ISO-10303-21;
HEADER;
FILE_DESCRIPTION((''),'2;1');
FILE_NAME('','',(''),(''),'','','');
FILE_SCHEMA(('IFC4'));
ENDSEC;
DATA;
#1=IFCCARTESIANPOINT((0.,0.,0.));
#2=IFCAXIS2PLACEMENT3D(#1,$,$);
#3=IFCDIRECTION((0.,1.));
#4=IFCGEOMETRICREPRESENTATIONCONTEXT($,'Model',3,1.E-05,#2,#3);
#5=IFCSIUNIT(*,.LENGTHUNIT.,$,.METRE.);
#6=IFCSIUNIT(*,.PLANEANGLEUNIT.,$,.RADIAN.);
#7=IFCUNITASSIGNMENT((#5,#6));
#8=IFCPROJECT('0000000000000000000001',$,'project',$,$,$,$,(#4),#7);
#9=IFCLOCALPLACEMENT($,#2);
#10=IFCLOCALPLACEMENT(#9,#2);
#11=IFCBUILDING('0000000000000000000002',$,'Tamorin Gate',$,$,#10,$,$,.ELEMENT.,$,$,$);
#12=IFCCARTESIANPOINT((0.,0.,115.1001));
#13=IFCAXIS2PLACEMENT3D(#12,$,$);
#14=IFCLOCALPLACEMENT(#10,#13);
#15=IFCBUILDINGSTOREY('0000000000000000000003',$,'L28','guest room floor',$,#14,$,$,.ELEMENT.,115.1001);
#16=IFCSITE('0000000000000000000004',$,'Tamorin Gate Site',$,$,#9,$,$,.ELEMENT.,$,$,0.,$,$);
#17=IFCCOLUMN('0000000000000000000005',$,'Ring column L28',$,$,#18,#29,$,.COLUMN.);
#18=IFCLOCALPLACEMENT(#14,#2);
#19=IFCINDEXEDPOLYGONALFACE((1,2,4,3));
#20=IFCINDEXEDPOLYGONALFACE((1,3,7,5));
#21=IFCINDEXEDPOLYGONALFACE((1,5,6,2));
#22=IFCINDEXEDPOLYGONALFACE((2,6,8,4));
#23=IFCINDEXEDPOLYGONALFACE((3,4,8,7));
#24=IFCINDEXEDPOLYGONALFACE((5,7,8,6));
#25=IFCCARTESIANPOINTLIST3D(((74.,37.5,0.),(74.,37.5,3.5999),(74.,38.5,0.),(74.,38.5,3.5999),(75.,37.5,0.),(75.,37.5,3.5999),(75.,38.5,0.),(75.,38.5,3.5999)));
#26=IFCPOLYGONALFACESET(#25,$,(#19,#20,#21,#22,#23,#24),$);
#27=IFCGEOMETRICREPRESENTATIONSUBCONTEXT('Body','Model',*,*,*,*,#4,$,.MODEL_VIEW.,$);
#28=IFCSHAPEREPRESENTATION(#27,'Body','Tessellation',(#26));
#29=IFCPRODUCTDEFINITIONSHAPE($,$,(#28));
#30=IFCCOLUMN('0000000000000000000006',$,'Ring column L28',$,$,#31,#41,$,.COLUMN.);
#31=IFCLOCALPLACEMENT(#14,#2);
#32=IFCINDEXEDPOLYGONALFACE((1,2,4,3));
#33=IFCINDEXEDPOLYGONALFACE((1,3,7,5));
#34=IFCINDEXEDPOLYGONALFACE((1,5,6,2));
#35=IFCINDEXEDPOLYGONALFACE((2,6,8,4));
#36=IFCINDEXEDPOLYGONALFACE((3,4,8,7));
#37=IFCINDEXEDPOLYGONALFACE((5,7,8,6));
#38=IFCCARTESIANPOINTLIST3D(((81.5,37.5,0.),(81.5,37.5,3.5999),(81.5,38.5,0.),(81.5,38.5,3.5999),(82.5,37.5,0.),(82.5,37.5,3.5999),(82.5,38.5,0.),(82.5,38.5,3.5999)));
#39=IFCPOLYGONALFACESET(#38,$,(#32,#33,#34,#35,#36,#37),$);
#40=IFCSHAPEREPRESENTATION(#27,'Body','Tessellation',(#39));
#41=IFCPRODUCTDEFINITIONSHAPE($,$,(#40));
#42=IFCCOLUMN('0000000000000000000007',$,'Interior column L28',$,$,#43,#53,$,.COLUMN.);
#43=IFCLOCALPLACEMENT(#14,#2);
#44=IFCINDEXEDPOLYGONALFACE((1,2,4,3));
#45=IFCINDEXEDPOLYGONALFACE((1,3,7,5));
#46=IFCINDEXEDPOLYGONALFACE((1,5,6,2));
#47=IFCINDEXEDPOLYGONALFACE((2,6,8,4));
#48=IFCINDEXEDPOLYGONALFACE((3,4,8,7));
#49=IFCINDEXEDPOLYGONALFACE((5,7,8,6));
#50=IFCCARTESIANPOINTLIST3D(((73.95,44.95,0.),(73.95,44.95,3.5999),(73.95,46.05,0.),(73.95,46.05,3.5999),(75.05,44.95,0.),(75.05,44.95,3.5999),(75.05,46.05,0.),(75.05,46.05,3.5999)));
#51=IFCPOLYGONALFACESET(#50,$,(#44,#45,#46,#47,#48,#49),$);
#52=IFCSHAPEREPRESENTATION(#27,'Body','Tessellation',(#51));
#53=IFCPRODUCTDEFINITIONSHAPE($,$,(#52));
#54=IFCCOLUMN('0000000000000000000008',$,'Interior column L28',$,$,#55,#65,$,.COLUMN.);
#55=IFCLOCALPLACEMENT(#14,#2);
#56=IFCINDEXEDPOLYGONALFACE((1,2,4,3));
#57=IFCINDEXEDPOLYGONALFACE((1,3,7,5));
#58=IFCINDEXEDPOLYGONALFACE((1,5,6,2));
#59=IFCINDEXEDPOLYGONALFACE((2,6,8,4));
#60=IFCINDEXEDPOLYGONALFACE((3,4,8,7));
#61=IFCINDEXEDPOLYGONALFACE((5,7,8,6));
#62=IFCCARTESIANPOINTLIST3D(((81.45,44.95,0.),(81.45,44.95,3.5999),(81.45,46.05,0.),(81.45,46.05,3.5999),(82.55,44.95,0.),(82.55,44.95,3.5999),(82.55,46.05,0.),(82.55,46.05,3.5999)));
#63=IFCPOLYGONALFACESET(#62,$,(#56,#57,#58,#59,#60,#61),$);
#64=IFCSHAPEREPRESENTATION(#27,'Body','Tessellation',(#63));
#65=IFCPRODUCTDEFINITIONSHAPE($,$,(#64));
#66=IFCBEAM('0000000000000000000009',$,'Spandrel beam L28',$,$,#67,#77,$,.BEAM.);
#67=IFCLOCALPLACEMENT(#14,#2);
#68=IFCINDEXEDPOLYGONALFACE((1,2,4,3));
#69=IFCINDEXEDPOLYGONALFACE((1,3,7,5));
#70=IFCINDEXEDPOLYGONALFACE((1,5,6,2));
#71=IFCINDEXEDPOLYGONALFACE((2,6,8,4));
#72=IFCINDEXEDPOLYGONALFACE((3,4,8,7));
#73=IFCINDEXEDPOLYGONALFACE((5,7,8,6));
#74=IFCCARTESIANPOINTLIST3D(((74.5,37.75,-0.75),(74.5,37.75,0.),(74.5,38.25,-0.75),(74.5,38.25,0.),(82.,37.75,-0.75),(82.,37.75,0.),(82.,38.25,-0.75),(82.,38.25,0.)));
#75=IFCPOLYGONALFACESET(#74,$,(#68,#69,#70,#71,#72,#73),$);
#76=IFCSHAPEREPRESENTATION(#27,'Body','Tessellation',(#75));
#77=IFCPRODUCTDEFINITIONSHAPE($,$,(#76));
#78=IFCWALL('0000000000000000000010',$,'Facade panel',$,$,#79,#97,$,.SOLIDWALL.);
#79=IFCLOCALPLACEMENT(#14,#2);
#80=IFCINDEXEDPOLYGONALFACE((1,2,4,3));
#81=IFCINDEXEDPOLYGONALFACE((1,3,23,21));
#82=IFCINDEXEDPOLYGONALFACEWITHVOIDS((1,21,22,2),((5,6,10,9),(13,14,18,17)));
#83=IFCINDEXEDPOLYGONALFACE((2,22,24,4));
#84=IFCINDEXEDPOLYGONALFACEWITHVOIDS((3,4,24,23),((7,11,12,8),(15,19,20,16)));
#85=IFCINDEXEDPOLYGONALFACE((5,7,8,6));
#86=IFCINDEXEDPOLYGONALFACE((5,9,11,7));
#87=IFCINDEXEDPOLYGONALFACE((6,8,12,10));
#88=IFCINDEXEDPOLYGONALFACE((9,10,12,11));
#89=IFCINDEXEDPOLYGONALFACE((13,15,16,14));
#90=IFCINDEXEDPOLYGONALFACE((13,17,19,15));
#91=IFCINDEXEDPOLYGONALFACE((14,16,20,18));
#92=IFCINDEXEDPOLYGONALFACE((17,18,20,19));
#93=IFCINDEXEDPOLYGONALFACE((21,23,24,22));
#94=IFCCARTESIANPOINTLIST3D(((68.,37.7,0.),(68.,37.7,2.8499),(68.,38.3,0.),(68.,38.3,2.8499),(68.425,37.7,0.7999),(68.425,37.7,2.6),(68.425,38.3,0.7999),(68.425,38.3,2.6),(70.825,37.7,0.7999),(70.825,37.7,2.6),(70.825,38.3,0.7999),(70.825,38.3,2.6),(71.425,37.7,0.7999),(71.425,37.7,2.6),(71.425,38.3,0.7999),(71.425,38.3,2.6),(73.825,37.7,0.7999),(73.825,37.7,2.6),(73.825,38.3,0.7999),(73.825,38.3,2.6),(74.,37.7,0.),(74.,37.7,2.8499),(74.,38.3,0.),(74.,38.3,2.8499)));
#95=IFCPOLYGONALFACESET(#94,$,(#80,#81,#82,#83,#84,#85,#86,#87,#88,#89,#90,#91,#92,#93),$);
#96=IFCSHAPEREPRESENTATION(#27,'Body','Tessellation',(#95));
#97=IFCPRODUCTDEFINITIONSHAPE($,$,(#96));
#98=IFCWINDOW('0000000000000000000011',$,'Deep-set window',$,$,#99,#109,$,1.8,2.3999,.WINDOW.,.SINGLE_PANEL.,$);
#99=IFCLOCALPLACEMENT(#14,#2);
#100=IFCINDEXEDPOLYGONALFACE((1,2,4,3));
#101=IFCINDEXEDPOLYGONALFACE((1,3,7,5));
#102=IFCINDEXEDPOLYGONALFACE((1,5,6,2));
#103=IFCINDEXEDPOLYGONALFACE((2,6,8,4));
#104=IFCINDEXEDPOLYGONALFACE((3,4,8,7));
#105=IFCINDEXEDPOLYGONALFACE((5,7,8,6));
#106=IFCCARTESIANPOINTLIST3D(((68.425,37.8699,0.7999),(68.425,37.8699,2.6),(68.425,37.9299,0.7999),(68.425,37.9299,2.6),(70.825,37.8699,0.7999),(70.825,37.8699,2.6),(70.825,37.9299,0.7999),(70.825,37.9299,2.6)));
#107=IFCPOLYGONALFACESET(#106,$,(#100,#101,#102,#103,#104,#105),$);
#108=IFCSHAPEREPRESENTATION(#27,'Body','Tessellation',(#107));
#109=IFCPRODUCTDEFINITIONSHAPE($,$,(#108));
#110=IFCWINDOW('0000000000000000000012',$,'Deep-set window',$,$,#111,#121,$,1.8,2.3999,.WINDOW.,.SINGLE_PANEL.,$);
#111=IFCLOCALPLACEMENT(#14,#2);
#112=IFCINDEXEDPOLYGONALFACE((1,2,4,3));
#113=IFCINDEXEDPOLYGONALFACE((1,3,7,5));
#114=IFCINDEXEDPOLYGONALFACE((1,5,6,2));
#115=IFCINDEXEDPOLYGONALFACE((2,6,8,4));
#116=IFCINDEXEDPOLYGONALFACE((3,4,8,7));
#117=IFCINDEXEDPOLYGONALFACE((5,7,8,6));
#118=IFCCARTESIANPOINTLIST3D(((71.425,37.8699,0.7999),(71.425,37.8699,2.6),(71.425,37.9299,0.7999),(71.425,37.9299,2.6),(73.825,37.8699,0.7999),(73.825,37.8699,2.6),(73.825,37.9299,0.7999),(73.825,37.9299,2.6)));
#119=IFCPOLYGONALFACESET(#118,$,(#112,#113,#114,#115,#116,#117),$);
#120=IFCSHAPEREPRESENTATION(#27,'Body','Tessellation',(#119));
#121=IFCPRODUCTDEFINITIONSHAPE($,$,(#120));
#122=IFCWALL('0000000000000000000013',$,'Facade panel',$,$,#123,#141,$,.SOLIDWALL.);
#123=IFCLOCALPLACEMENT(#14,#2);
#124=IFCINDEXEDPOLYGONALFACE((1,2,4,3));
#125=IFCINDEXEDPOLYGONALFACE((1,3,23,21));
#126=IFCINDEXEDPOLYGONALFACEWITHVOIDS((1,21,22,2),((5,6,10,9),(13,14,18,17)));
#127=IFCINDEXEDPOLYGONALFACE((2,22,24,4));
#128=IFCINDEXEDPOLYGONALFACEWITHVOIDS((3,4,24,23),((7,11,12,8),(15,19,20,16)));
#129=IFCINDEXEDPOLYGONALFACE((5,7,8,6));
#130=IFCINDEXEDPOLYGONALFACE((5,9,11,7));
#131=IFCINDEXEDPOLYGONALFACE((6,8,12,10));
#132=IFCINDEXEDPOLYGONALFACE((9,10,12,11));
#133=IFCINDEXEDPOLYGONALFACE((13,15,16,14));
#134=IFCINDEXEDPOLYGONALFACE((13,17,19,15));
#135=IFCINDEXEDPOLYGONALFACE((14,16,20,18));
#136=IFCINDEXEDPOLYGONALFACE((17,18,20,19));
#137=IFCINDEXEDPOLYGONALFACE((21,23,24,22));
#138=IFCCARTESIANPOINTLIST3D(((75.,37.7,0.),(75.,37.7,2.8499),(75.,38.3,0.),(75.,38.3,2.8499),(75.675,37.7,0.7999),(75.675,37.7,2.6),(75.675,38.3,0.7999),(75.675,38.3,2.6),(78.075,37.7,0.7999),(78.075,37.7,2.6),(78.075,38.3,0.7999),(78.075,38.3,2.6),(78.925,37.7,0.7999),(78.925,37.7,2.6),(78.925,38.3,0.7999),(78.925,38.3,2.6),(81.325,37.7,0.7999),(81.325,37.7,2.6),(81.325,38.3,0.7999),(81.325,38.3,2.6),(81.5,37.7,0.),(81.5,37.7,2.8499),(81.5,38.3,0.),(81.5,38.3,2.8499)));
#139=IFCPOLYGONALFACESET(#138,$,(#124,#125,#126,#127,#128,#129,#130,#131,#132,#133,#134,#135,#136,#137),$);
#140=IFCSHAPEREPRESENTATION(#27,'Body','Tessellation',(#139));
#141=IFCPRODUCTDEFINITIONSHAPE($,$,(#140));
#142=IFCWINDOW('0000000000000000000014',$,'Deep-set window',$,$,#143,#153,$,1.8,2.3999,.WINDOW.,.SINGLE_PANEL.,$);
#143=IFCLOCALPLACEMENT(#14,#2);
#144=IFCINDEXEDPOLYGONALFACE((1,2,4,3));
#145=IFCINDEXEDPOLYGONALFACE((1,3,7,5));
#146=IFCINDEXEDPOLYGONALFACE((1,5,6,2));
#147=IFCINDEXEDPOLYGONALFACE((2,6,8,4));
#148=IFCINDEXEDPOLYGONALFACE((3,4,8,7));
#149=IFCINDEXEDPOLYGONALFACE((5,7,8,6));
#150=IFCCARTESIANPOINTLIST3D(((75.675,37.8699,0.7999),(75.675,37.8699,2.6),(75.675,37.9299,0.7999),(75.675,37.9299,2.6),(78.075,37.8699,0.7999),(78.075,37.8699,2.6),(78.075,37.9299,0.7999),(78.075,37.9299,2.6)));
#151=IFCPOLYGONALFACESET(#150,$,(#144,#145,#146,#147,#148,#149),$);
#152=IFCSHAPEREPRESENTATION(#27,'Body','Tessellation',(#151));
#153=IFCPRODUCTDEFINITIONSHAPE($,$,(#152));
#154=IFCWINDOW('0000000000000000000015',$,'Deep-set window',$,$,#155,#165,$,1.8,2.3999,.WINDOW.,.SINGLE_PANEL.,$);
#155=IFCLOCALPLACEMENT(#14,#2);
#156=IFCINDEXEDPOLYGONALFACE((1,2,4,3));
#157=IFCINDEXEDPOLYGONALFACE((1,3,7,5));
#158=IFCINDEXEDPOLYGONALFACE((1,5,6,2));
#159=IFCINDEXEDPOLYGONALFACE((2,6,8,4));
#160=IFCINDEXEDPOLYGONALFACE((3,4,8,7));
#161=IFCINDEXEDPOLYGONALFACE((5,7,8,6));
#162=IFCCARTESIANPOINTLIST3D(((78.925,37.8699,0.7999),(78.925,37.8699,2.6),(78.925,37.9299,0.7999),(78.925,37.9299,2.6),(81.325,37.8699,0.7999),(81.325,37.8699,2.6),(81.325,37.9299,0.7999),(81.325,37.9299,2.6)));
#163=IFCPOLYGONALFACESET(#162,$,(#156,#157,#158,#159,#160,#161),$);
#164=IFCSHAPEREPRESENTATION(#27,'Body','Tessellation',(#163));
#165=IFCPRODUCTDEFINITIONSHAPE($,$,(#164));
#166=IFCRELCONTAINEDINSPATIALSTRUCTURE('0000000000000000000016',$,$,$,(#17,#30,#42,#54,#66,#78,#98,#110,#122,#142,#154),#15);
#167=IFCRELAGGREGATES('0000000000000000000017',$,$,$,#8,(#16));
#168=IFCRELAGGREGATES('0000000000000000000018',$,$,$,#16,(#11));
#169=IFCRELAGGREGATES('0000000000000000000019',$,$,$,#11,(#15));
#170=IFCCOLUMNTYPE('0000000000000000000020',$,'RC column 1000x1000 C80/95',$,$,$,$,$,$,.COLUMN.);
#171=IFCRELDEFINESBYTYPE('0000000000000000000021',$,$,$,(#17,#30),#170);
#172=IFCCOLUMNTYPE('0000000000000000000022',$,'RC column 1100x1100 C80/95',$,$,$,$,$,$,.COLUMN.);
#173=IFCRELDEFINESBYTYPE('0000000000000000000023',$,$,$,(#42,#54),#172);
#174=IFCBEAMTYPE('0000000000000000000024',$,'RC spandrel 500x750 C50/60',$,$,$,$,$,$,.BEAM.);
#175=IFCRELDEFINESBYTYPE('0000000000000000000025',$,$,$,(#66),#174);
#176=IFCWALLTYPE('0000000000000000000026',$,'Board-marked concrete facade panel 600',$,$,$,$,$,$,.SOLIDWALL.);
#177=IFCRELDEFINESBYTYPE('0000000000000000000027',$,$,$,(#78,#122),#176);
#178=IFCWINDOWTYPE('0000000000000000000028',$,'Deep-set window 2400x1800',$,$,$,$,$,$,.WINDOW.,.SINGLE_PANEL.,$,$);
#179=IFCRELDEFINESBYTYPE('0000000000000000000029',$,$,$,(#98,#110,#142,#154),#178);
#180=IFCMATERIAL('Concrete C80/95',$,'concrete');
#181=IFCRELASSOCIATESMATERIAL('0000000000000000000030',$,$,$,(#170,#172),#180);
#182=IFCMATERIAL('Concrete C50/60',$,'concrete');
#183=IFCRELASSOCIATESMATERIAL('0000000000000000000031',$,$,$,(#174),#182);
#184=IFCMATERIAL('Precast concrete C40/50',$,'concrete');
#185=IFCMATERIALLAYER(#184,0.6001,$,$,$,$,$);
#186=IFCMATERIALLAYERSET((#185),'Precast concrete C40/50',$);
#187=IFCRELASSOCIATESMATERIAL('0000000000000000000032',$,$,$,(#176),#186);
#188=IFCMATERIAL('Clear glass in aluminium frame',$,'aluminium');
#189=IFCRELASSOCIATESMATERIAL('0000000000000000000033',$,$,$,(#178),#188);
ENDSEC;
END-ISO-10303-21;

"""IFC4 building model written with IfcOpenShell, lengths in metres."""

from ifc_helpers import new_model, si_unit, direction, frame, frame_2d, origin, origin_2d, place, context, subcontext, project, spatial, rectangle, extrude, material, layer, layer_set, material_profile, profile_set, type_object, element, fill, save


model = new_model("IFC4")

# Units and contexts
model_context = context("Model", 3, precision=1e-05, world=origin(), true_north=direction((0.0, 1.0)))
body_context = subcontext(model_context, "Body", "Model", "MODEL_VIEW")
ifc_project = project(units=[si_unit("LENGTHUNIT", "METRE"), si_unit("PLANEANGLEUNIT", "RADIAN")], contexts=[model_context])

# Site, building, storey
site_placement = place(None, origin())
site = spatial("IfcSite", under=ifc_project, at=site_placement, Name="Tamorin Gate Site", CompositionType="ELEMENT", RefElevation=0.0)
building_placement = place(site_placement, origin())
building = spatial("IfcBuilding", under=site, at=building_placement, Name="Tamorin Gate", CompositionType="ELEMENT")
storey_placement = place(building_placement, frame((0.0, 0.0, 115.1001)))
storey = spatial("IfcBuildingStorey", under=building, at=storey_placement, Name="L28", Description="guest room floor", CompositionType="ELEMENT", Elevation=115.1001)

# Columns
ifc_material_1 = material(Name="Concrete C80/95", Category="concrete")
ifc_material_profile_1 = material_profile(ifc_material_1, rectangle(XDim=1.0, YDim=1.0, at=origin_2d()), Name="RC 1000x1000")
ifc_profile_set_1 = profile_set([ifc_material_profile_1], Name="Concrete C80/95")
column_type_1 = type_object("IfcColumnType", Name="RC column 1000x1000 C80/95", PredefinedType="COLUMN", material=ifc_profile_set_1)
for number, where, z_axis, x_axis, name in (
    (1, (74.5, 38.0, 0.0), (0.0, 0.0, 1.0), (1.0, 0.0, 0.0), "Ring column L28"),
    (2, (82.0, 38.0, 0.0), (0.0, 0.0, 1.0), (1.0, 0.0, 0.0), "Ring column L28"),
):
    element("IfcColumn", number, at=place(storey_placement, frame(where, z_axis=z_axis, x_axis=x_axis)), inside=storey, type_object=column_type_1, Name=name, PredefinedType="COLUMN", context=body_context, shape_type="SweptSolid", body=[
        extrude(rectangle(XDim=1.0, YDim=1.0, at=origin_2d()), origin(), (0.0, 0.0, 1.0), 3.5999),
    ])
ifc_material_profile_2 = material_profile(ifc_material_1, rectangle(XDim=1.1001, YDim=1.1001, at=origin_2d()), Name="RC 1100x1100")
ifc_profile_set_2 = profile_set([ifc_material_profile_2], Name="Concrete C80/95")
column_type_2 = type_object("IfcColumnType", Name="RC column 1100x1100 C80/95", PredefinedType="COLUMN", material=ifc_profile_set_2)
for number, where, z_axis, x_axis, name in (
    (3, (74.5, 45.5, 0.0), (0.0, 0.0, 1.0), (1.0, 0.0, 0.0), "Interior column L28"),
    (4, (82.0, 45.5, 0.0), (0.0, 0.0, 1.0), (1.0, 0.0, 0.0), "Interior column L28"),
):
    element("IfcColumn", number, at=place(storey_placement, frame(where, z_axis=z_axis, x_axis=x_axis)), inside=storey, type_object=column_type_2, Name=name, PredefinedType="COLUMN", context=body_context, shape_type="SweptSolid", body=[
        extrude(rectangle(XDim=1.1001, YDim=1.1001, at=origin_2d()), origin(), (0.0, 0.0, 1.0), 3.5999),
    ])

# Beam
ifc_material_2 = material(Name="Concrete C50/60", Category="concrete")
ifc_material_profile_3 = material_profile(ifc_material_2, rectangle(XDim=0.5, YDim=0.75, at=origin_2d()), Name="RC 500x750")
ifc_profile_set_3 = profile_set([ifc_material_profile_3], Name="Concrete C50/60")
beam_type = type_object("IfcBeamType", Name="RC spandrel 500x750 C50/60", PredefinedType="BEAM", material=ifc_profile_set_3)
beam_placement = place(storey_placement, frame((74.5, 38.0, -0.375), z_axis=(1.0, 0.0, 0.0), x_axis=(0.0, 1.0, 0.0)))
element("IfcBeam", 5, at=beam_placement, inside=storey, type_object=beam_type, Name="Spandrel beam L28", PredefinedType="BEAM", context=body_context, shape_type="SweptSolid", body=[
    extrude(rectangle(XDim=0.5, YDim=0.75, at=origin_2d()), origin(), (0.0, 0.0, 1.0), 7.5),
])

# Walls, openings, windows
ifc_material_3 = material(Name="Precast concrete C40/50", Category="concrete")
ifc_layer_1 = layer(ifc_material_3, 0.6001)
ifc_layer_set_1 = layer_set([ifc_layer_1], Name="Precast concrete C40/50")
wall_type_1 = type_object("IfcWallType", Name="Board-marked concrete facade panel 600", PredefinedType="SOLIDWALL", material=ifc_layer_set_1)
wall_1_placement = place(storey_placement, frame((68.0, 38.0, 0.0), z_axis=(0.0, 0.0, 1.0), x_axis=(1.0, 0.0, 0.0)))
wall_1 = element("IfcWall", 6, at=wall_1_placement, inside=storey, type_object=wall_type_1, Name="Facade panel", PredefinedType="SOLIDWALL", context=body_context, shape_type="SweptSolid", body=[
    extrude(rectangle(XDim=6.0, YDim=0.6001, at=frame_2d((3.0, 0.0))), origin(), (0.0, 0.0, 1.0), 2.8499),
])
opening_1_placement = place(wall_1_placement, frame((0.425, 0.0, 0.8)))
opening_1 = element("IfcOpeningElement", 7, at=opening_1_placement, cuts=wall_1, PredefinedType="OPENING", context=body_context, shape_type="SweptSolid", body=[
    extrude(rectangle(XDim=2.3999, YDim=1.8, at=frame_2d((1.2, 0.8999))), frame((0.0, 0.3101, 0.0), z_axis=(0.0, -1.0, 0.0), x_axis=(1.0, 0.0, 0.0)), (0.0, 0.0, 1.0), 0.6201),
])
opening_2_placement = place(wall_1_placement, frame((3.425, 0.0, 0.8)))
opening_2 = element("IfcOpeningElement", 8, at=opening_2_placement, cuts=wall_1, PredefinedType="OPENING", context=body_context, shape_type="SweptSolid", body=[
    extrude(rectangle(XDim=2.3999, YDim=1.8, at=frame_2d((1.2, 0.8999))), frame((0.0, 0.3101, 0.0), z_axis=(0.0, -1.0, 0.0), x_axis=(1.0, 0.0, 0.0)), (0.0, 0.0, 1.0), 0.6201),
])
ifc_material_4 = material(Name="Clear glass in aluminium frame", Category="aluminium")
window_type = type_object("IfcWindowType", Name="Deep-set window 2400x1800", PartitioningType="SINGLE_PANEL", PredefinedType="WINDOW", material=ifc_material_4)
window_1_placement = place(opening_1_placement, origin())
window_1 = element("IfcWindow", 9, at=window_1_placement, inside=storey, type_object=window_type, Name="Deep-set window", OverallHeight=1.8, OverallWidth=2.3999, PartitioningType="SINGLE_PANEL", PredefinedType="WINDOW", context=body_context, shape_type="SweptSolid", body=[
    extrude(rectangle(XDim=2.3999, YDim=1.8, at=frame_2d((1.2, 0.8999))), frame((0.0, -0.0701, 0.0), z_axis=(0.0, -1.0, 0.0), x_axis=(1.0, 0.0, 0.0)), (0.0, 0.0, 1.0), 0.0601),
])
fill(opening_1, window_1)
window_2_placement = place(opening_2_placement, origin())
window_2 = element("IfcWindow", 10, at=window_2_placement, inside=storey, type_object=window_type, Name="Deep-set window", OverallHeight=1.8, OverallWidth=2.3999, PartitioningType="SINGLE_PANEL", PredefinedType="WINDOW", context=body_context, shape_type="SweptSolid", body=[
    extrude(rectangle(XDim=2.3999, YDim=1.8, at=frame_2d((1.2, 0.8999))), frame((0.0, -0.0701, 0.0), z_axis=(0.0, -1.0, 0.0), x_axis=(1.0, 0.0, 0.0)), (0.0, 0.0, 1.0), 0.0601),
])
fill(opening_2, window_2)
wall_2_placement = place(storey_placement, frame((75.0, 38.0, 0.0), z_axis=(0.0, 0.0, 1.0), x_axis=(1.0, 0.0, 0.0)))
wall_2 = element("IfcWall", 11, at=wall_2_placement, inside=storey, type_object=wall_type_1, Name="Facade panel", PredefinedType="SOLIDWALL", context=body_context, shape_type="SweptSolid", body=[
    extrude(rectangle(XDim=6.5, YDim=0.6001, at=frame_2d((3.25, 0.0))), origin(), (0.0, 0.0, 1.0), 2.8499),
])
opening_3_placement = place(wall_2_placement, frame((0.675, 0.0, 0.8)))
opening_3 = element("IfcOpeningElement", 12, at=opening_3_placement, cuts=wall_2, PredefinedType="OPENING", context=body_context, shape_type="SweptSolid", body=[
    extrude(rectangle(XDim=2.3999, YDim=1.8, at=frame_2d((1.2, 0.8999))), frame((0.0, 0.3101, 0.0), z_axis=(0.0, -1.0, 0.0), x_axis=(1.0, 0.0, 0.0)), (0.0, 0.0, 1.0), 0.6201),
])
opening_4_placement = place(wall_2_placement, frame((3.925, 0.0, 0.8)))
opening_4 = element("IfcOpeningElement", 13, at=opening_4_placement, cuts=wall_2, PredefinedType="OPENING", context=body_context, shape_type="SweptSolid", body=[
    extrude(rectangle(XDim=2.3999, YDim=1.8, at=frame_2d((1.2, 0.8999))), frame((0.0, 0.3101, 0.0), z_axis=(0.0, -1.0, 0.0), x_axis=(1.0, 0.0, 0.0)), (0.0, 0.0, 1.0), 0.6201),
])
window_3_placement = place(opening_3_placement, origin())
window_3 = element("IfcWindow", 14, at=window_3_placement, inside=storey, type_object=window_type, Name="Deep-set window", OverallHeight=1.8, OverallWidth=2.3999, PartitioningType="SINGLE_PANEL", PredefinedType="WINDOW", context=body_context, shape_type="SweptSolid", body=[
    extrude(rectangle(XDim=2.3999, YDim=1.8, at=frame_2d((1.2, 0.8999))), frame((0.0, -0.0701, 0.0), z_axis=(0.0, -1.0, 0.0), x_axis=(1.0, 0.0, 0.0)), (0.0, 0.0, 1.0), 0.0601),
])
fill(opening_3, window_3)
window_4_placement = place(opening_4_placement, origin())
window_4 = element("IfcWindow", 15, at=window_4_placement, inside=storey, type_object=window_type, Name="Deep-set window", OverallHeight=1.8, OverallWidth=2.3999, PartitioningType="SINGLE_PANEL", PredefinedType="WINDOW", context=body_context, shape_type="SweptSolid", body=[
    extrude(rectangle(XDim=2.3999, YDim=1.8, at=frame_2d((1.2, 0.8999))), frame((0.0, -0.0701, 0.0), z_axis=(0.0, -1.0, 0.0), x_axis=(1.0, 0.0, 0.0)), (0.0, 0.0, 1.0), 0.0601),
])
fill(opening_4, window_4)

save(model, "model.ifc")
